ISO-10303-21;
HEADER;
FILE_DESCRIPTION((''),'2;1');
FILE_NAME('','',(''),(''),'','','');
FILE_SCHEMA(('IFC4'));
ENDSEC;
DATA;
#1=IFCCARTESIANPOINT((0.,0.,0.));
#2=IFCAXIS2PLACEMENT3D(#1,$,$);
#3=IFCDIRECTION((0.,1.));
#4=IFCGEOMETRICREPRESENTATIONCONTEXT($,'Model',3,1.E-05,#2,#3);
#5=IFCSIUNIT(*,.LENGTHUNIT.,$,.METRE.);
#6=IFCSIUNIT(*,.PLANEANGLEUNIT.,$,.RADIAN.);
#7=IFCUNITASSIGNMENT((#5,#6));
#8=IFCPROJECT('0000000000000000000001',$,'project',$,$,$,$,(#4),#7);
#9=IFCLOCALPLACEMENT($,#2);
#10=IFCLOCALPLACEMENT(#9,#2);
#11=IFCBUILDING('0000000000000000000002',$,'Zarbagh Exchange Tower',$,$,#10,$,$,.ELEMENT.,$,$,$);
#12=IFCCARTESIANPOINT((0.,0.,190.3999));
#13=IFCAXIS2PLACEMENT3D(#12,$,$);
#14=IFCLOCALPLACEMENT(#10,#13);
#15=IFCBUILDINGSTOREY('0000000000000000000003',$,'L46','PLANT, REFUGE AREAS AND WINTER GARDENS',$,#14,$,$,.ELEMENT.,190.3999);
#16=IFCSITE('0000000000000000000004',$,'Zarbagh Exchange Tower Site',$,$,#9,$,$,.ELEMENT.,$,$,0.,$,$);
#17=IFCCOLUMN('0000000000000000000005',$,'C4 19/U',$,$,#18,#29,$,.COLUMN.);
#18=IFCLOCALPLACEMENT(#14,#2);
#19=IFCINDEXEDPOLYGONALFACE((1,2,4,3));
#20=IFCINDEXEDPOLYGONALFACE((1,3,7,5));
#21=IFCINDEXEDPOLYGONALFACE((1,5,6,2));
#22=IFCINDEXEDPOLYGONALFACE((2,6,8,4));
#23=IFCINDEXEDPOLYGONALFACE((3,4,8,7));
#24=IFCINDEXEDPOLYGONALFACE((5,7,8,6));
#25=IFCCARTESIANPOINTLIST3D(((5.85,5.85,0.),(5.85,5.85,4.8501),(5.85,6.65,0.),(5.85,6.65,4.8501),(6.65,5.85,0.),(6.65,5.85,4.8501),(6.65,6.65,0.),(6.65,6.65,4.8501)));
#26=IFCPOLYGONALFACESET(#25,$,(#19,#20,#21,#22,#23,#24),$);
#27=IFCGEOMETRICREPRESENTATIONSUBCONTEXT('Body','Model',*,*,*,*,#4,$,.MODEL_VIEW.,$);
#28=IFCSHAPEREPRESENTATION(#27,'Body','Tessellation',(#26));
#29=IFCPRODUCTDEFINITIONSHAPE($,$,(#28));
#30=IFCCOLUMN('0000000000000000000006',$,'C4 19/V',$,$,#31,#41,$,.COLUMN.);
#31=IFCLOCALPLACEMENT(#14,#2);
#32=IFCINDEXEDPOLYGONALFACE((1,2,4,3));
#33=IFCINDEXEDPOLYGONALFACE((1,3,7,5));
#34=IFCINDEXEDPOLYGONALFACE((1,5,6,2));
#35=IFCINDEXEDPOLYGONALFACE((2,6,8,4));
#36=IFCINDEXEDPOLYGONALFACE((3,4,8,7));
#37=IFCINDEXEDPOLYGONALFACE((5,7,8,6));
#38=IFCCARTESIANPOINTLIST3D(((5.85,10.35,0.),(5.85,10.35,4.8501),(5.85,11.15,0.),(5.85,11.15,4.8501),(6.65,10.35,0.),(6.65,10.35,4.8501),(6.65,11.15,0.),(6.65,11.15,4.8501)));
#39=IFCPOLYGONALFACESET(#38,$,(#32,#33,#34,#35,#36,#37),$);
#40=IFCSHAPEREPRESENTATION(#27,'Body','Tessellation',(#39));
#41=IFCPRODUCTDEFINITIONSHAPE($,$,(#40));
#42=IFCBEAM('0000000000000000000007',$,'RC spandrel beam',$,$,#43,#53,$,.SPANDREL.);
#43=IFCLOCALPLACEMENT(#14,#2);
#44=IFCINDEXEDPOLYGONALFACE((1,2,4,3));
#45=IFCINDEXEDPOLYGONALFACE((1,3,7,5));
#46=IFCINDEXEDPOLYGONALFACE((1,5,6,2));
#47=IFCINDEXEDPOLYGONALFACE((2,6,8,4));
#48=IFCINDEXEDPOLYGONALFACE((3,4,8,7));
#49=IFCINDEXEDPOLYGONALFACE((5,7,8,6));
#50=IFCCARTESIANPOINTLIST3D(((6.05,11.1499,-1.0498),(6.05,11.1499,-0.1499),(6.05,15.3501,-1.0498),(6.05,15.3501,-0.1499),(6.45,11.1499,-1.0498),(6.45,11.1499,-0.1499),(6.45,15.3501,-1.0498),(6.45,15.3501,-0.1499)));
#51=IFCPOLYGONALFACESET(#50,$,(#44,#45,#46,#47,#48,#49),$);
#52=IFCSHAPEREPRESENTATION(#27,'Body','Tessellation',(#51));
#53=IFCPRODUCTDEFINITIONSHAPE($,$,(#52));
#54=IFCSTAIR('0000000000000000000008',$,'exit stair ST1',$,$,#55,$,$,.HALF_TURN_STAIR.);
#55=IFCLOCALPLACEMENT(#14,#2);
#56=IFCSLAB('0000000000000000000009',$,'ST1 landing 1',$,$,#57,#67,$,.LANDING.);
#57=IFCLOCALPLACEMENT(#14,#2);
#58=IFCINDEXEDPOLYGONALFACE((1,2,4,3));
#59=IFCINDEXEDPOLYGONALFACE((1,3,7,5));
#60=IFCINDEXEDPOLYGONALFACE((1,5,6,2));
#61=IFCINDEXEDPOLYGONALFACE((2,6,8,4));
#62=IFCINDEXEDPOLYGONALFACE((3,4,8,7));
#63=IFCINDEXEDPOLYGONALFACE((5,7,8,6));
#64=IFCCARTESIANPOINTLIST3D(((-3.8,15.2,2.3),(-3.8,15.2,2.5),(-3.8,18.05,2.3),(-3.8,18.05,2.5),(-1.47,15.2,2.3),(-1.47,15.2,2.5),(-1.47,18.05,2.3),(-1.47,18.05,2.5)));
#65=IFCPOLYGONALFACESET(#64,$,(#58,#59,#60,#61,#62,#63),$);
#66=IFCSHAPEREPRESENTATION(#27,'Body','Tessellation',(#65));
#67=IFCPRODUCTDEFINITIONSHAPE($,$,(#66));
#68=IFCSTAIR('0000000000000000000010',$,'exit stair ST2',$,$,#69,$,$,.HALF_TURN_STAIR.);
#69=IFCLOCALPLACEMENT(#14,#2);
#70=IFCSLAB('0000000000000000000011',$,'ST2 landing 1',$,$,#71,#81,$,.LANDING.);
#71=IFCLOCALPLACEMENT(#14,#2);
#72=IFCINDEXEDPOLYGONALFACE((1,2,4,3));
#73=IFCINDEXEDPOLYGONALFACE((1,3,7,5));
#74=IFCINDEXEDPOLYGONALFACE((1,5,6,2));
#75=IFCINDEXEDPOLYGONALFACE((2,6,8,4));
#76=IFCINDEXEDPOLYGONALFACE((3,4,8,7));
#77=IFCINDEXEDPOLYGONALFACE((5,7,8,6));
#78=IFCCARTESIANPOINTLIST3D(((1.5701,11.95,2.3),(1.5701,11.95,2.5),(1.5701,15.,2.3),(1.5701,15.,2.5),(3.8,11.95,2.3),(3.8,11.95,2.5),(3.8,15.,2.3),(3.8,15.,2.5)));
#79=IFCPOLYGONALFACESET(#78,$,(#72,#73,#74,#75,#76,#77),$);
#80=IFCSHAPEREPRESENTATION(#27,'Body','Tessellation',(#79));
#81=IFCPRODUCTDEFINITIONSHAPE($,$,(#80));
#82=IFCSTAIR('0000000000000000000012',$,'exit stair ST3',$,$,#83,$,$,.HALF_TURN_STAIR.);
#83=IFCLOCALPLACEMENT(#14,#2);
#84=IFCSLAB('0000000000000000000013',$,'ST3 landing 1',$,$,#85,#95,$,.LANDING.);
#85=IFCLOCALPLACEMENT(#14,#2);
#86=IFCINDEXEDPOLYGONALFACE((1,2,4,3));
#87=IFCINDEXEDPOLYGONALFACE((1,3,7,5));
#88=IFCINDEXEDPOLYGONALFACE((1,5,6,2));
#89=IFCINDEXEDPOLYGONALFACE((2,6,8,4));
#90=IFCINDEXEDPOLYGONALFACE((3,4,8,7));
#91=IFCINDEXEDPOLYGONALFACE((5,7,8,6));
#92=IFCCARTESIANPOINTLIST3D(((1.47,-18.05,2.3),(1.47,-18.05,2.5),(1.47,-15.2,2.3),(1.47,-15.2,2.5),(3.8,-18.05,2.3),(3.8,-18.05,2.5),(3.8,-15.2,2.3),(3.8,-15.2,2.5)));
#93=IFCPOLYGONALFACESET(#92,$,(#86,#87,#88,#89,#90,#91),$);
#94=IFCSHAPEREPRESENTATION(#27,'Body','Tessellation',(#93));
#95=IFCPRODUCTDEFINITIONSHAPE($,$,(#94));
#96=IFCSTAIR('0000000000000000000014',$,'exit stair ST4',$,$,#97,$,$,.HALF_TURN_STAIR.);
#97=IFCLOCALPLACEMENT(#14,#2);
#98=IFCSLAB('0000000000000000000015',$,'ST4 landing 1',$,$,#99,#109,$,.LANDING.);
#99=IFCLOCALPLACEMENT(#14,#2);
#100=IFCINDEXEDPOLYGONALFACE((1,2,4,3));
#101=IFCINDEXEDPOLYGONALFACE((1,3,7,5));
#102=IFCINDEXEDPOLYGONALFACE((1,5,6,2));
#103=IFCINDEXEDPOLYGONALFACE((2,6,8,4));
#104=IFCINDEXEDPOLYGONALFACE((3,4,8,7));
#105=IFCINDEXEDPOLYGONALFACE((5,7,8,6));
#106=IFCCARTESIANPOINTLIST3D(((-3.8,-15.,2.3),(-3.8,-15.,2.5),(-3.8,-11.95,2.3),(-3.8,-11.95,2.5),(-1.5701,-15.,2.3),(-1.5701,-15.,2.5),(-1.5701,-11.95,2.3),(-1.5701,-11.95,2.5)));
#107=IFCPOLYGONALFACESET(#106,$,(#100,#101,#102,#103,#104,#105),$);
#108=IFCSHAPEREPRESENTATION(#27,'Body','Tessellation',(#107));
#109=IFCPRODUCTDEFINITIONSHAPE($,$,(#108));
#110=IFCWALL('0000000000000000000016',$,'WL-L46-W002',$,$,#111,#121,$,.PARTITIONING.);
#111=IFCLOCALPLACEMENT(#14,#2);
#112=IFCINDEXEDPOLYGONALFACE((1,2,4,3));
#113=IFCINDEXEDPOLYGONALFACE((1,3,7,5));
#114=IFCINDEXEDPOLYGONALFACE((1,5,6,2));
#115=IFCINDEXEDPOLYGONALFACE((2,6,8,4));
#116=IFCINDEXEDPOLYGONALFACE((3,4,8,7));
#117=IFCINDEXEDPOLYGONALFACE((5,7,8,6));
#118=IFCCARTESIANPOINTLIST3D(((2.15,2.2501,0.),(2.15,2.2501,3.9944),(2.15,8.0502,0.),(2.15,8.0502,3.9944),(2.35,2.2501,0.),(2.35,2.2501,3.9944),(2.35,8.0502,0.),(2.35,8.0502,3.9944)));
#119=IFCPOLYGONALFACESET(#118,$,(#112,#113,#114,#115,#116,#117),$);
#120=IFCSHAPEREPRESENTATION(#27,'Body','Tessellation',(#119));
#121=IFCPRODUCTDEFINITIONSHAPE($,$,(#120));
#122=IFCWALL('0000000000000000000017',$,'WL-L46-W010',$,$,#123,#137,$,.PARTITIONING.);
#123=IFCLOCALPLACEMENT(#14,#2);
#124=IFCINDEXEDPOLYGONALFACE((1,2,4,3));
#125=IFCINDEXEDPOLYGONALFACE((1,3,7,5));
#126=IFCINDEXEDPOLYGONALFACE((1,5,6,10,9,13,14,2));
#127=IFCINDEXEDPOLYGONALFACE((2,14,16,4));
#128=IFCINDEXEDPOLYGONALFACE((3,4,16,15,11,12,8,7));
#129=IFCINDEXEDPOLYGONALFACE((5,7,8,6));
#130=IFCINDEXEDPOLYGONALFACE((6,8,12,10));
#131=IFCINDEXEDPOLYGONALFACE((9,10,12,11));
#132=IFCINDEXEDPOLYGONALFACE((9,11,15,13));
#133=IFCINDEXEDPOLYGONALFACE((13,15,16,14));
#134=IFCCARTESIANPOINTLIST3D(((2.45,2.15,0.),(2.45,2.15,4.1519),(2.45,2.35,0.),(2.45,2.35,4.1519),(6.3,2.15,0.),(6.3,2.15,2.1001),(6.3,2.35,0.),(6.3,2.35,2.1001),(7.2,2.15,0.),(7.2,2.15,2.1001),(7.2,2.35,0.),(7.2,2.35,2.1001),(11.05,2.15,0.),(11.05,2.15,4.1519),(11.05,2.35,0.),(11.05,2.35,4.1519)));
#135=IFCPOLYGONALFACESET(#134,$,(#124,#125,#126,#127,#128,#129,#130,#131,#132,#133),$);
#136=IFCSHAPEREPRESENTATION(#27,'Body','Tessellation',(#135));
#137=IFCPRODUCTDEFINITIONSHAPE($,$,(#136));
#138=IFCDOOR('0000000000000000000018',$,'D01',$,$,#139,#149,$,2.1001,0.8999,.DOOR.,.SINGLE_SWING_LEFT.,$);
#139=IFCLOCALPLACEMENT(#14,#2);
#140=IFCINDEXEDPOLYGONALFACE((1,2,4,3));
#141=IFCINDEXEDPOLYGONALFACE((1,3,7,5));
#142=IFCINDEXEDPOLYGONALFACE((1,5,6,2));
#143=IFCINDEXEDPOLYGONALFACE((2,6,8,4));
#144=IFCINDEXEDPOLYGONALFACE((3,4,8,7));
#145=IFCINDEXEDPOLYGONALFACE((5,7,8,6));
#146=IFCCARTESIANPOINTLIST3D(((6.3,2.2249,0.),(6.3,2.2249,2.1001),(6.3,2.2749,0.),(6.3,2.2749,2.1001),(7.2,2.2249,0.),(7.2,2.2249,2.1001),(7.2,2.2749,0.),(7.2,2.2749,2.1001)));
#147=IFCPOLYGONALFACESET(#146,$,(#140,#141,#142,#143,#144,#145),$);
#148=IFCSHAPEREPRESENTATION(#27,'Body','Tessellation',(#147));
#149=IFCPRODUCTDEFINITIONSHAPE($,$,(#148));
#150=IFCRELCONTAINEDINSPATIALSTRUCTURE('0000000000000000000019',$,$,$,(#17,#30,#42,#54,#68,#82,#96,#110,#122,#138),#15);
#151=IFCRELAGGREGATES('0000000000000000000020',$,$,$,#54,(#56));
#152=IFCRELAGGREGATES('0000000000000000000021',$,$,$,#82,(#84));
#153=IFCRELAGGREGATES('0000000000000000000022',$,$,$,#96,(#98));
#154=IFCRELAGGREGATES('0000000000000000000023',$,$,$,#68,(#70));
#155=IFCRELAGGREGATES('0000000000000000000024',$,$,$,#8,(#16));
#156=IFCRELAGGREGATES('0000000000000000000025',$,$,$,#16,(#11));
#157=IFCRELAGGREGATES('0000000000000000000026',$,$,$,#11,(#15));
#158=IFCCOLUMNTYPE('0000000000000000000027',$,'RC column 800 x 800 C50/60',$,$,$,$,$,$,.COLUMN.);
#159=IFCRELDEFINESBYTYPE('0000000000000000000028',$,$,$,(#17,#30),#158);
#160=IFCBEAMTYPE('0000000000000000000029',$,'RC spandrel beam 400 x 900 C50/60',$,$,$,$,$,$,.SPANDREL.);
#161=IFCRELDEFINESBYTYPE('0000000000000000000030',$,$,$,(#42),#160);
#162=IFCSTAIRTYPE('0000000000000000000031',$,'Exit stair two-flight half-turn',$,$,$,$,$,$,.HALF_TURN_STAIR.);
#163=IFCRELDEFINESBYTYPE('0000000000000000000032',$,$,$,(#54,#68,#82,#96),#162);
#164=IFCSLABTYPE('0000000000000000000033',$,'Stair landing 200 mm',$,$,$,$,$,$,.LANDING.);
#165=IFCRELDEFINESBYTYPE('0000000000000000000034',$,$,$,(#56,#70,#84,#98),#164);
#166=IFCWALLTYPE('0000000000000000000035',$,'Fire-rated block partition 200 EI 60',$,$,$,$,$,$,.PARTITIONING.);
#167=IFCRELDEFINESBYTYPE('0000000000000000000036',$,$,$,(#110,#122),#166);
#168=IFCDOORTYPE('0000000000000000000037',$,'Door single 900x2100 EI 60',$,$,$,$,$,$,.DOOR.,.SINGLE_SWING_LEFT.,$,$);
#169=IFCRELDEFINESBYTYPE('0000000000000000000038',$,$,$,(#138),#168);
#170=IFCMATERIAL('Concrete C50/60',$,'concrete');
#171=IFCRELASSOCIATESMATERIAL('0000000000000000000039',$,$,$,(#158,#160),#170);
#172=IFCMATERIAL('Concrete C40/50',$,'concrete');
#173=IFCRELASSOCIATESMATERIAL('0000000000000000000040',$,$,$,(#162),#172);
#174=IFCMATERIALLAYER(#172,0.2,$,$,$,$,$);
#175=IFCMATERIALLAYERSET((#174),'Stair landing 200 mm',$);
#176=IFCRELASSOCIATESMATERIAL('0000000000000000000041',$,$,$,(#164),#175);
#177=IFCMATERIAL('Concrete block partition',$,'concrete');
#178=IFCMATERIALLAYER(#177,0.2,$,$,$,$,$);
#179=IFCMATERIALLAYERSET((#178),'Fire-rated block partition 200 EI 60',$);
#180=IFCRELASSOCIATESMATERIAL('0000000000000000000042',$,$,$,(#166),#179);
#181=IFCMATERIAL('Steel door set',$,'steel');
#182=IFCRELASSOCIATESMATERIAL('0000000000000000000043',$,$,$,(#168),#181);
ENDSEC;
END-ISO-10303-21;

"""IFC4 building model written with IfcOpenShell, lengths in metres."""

from ifc_helpers import new_model, si_unit, direction, frame, frame_2d, origin, origin_2d, place, context, subcontext, project, spatial, polyline, rectangle, outline, extrude, material, layer, layer_set, material_profile, profile_set, type_object, element, fill, aggregate, save


model = new_model("IFC4")

# Units and contexts
model_context = context("Model", 3, precision=1e-05, world=origin(), true_north=direction((0.0, 1.0)))
body_context = subcontext(model_context, "Body", "Model", "MODEL_VIEW")
ifc_project = project(units=[si_unit("LENGTHUNIT", "METRE"), si_unit("PLANEANGLEUNIT", "RADIAN")], contexts=[model_context])

# Site, building, storey
site_placement = place(None, origin())
site = spatial("IfcSite", under=ifc_project, at=site_placement, Name="Zarbagh Exchange Tower Site", CompositionType="ELEMENT", RefElevation=0.0)
building_placement = place(site_placement, origin())
building = spatial("IfcBuilding", under=site, at=building_placement, Name="Zarbagh Exchange Tower", CompositionType="ELEMENT")
storey_placement = place(building_placement, frame((0.0, 0.0, 190.3999)))
storey = spatial("IfcBuildingStorey", under=building, at=storey_placement, Name="L46", Description="PLANT, REFUGE AREAS AND WINTER GARDENS", CompositionType="ELEMENT", Elevation=190.3999)

# Columns
ifc_material_1 = material(Name="Concrete C50/60", Category="concrete")
ifc_material_profile_1 = material_profile(ifc_material_1, rectangle(XDim=0.8, YDim=0.8, at=origin_2d()), Name="RC column 800 x 800 C50/60")
ifc_profile_set_1 = profile_set([ifc_material_profile_1], Name="Concrete C50/60")
column_type = type_object("IfcColumnType", Name="RC column 800 x 800 C50/60", PredefinedType="COLUMN", material=ifc_profile_set_1)
for number, where, z_axis, x_axis, name in (
    (1, (6.25, 6.25, 0.0), (0.0, 0.0, 1.0), (1.0, 0.0, 0.0), "C4 19/U"),
    (2, (6.25, 10.75, 0.0), (0.0, 0.0, 1.0), (1.0, 0.0, 0.0), "C4 19/V"),
):
    element("IfcColumn", number, at=place(storey_placement, frame(where, z_axis=z_axis, x_axis=x_axis)), inside=storey, type_object=column_type, Name=name, PredefinedType="COLUMN", context=body_context, shape_type="SweptSolid", body=[
        extrude(rectangle(XDim=0.8, YDim=0.8, at=origin_2d()), origin(), (0.0, 0.0, 1.0), 4.8501),
    ])

# Beam
ifc_material_profile_2 = material_profile(ifc_material_1, rectangle(XDim=0.3999, YDim=0.8999, at=origin_2d()), Name="RC spandrel beam 400 x 900 C50/60")
ifc_profile_set_2 = profile_set([ifc_material_profile_2], Name="Concrete C50/60")
beam_type = type_object("IfcBeamType", Name="RC spandrel beam 400 x 900 C50/60", PredefinedType="SPANDREL", material=ifc_profile_set_2)
beam_placement = place(storey_placement, frame((6.25, 15.3501, -0.5999), z_axis=(0.0, -1.0, 0.0), x_axis=(1.0, 0.0, 0.0)))
element("IfcBeam", 3, at=beam_placement, inside=storey, type_object=beam_type, Name="RC spandrel beam", PredefinedType="SPANDREL", context=body_context, shape_type="SweptSolid", body=[
    extrude(rectangle(XDim=0.3999, YDim=0.8999, at=origin_2d()), origin(), (0.0, 0.0, 1.0), 4.2002),
])

# Stairs, slabs
ifc_material_2 = material(Name="Concrete C40/50", Category="concrete")
stair_type = type_object("IfcStairType", Name="Exit stair two-flight half-turn", PredefinedType="HALF_TURN_STAIR", material=ifc_material_2)
stair_1_placement = place(storey_placement, origin())
stair_1 = element("IfcStair", 4, at=stair_1_placement, inside=storey, type_object=stair_type, Name="exit stair ST1", PredefinedType="HALF_TURN_STAIR")
ifc_layer_1 = layer(ifc_material_2, 0.2)
ifc_layer_set_1 = layer_set([ifc_layer_1], Name="Stair landing 200 mm")
slab_type = type_object("IfcSlabType", Name="Stair landing 200 mm", PredefinedType="LANDING", material=ifc_layer_set_1)
slab_1_placement = place(storey_placement, frame((0.0, 0.0, 2.3)))
slab_1 = element("IfcSlab", 5, at=slab_1_placement, type_object=slab_type, Name="ST1 landing 1", PredefinedType="LANDING", context=body_context, shape_type="SweptSolid", body=[
    extrude(outline(polyline([(-1.47, 18.05), (-3.8, 18.05), (-3.8, 15.2), (-1.47, 15.2), (-1.47, 18.05)])), origin(), (0.0, 0.0, 1.0), 0.2),
])
aggregate(stair_1, [slab_1])
stair_2_placement = place(storey_placement, origin())
stair_2 = element("IfcStair", 6, at=stair_2_placement, inside=storey, type_object=stair_type, Name="exit stair ST2", PredefinedType="HALF_TURN_STAIR")
slab_2_placement = place(storey_placement, frame((0.0, 0.0, 2.3)))
slab_2 = element("IfcSlab", 7, at=slab_2_placement, type_object=slab_type, Name="ST2 landing 1", PredefinedType="LANDING", context=body_context, shape_type="SweptSolid", body=[
    extrude(outline(polyline([(1.5701, 11.95), (3.8, 11.95), (3.8, 15.0), (1.5701, 15.0), (1.5701, 11.95)])), origin(), (0.0, 0.0, 1.0), 0.2),
])
stair_3_placement = place(storey_placement, origin())
stair_3 = element("IfcStair", 8, at=stair_3_placement, inside=storey, type_object=stair_type, Name="exit stair ST3", PredefinedType="HALF_TURN_STAIR")
slab_3_placement = place(storey_placement, frame((0.0, 0.0, 2.3)))
slab_3 = element("IfcSlab", 9, at=slab_3_placement, type_object=slab_type, Name="ST3 landing 1", PredefinedType="LANDING", context=body_context, shape_type="SweptSolid", body=[
    extrude(outline(polyline([(1.47, -18.05), (3.8, -18.05), (3.8, -15.2), (1.47, -15.2), (1.47, -18.05)])), origin(), (0.0, 0.0, 1.0), 0.2),
])
aggregate(stair_3, [slab_3])
stair_4_placement = place(storey_placement, origin())
stair_4 = element("IfcStair", 10, at=stair_4_placement, inside=storey, type_object=stair_type, Name="exit stair ST4", PredefinedType="HALF_TURN_STAIR")
slab_4_placement = place(storey_placement, frame((0.0, 0.0, 2.3)))
slab_4 = element("IfcSlab", 11, at=slab_4_placement, type_object=slab_type, Name="ST4 landing 1", PredefinedType="LANDING", context=body_context, shape_type="SweptSolid", body=[
    extrude(outline(polyline([(-1.5701, -11.95), (-3.8, -11.95), (-3.8, -15.0), (-1.5701, -15.0), (-1.5701, -11.95)])), origin(), (0.0, 0.0, 1.0), 0.2),
])
aggregate(stair_4, [slab_4])

# Wall
ifc_material_3 = material(Name="Concrete block partition", Category="concrete")
ifc_layer_2 = layer(ifc_material_3, 0.2)
ifc_layer_set_2 = layer_set([ifc_layer_2], Name="Fire-rated block partition 200 EI 60")
wall_type_1 = type_object("IfcWallType", Name="Fire-rated block partition 200 EI 60", PredefinedType="PARTITIONING", material=ifc_layer_set_2)
wall_1_placement = place(storey_placement, frame((2.25, 8.05, 0.0), z_axis=(0.0, 0.0, 1.0), x_axis=(0.0, -1.0, 0.0)))
element("IfcWall", 12, at=wall_1_placement, inside=storey, type_object=wall_type_1, Name="WL-L46-W002", PredefinedType="PARTITIONING", context=body_context, shape_type="SweptSolid", body=[
    extrude(rectangle(XDim=5.8, YDim=0.2, at=frame_2d((2.8999, 0.0))), origin(), (0.0, 0.0, 1.0), 3.9944),
])

# Wall, opening, door
wall_2_placement = place(storey_placement, frame((2.45, 2.25, 0.0), z_axis=(0.0, 0.0, 1.0), x_axis=(1.0, 0.0, 0.0)))
wall_2 = element("IfcWall", 13, at=wall_2_placement, inside=storey, type_object=wall_type_1, Name="WL-L46-W010", PredefinedType="PARTITIONING", context=body_context, shape_type="SweptSolid", body=[
    extrude(rectangle(XDim=8.6001, YDim=0.2, at=frame_2d((4.3, 0.0))), origin(), (0.0, 0.0, 1.0), 4.1519),
])
opening_1_placement = place(wall_2_placement, frame((3.8501, 0.0, 0.0)))
opening_1 = element("IfcOpeningElement", 14, at=opening_1_placement, cuts=wall_2, PredefinedType="OPENING", context=body_context, shape_type="SweptSolid", body=[
    extrude(rectangle(XDim=0.8999, YDim=2.1001, at=frame_2d((0.45, 1.05))), frame((0.0, 0.1099, 0.0), z_axis=(0.0, -1.0, 0.0), x_axis=(1.0, 0.0, 0.0)), (0.0, 0.0, 1.0), 0.22),
])
ifc_material_4 = material(Name="Steel door set", Category="steel")
door_type_1 = type_object("IfcDoorType", Name="Door single 900x2100 EI 60", OperationType="SINGLE_SWING_LEFT", PredefinedType="DOOR", material=ifc_material_4)
door_1_placement = place(opening_1_placement, origin())
door_1 = element("IfcDoor", 15, at=door_1_placement, inside=storey, type_object=door_type_1, Name="D01", OperationType="SINGLE_SWING_LEFT", OverallHeight=2.1001, OverallWidth=0.8999, PredefinedType="DOOR", context=body_context, shape_type="SweptSolid", body=[
    extrude(rectangle(XDim=0.8999, YDim=2.1001, at=frame_2d((0.45, 1.05))), frame((0.0, 0.0249, 0.0), z_axis=(0.0, -1.0, 0.0), x_axis=(1.0, 0.0, 0.0)), (0.0, 0.0, 1.0), 0.05),
])
fill(opening_1, door_1)

aggregate(stair_2, [slab_2])

save(model, "model.ifc")
